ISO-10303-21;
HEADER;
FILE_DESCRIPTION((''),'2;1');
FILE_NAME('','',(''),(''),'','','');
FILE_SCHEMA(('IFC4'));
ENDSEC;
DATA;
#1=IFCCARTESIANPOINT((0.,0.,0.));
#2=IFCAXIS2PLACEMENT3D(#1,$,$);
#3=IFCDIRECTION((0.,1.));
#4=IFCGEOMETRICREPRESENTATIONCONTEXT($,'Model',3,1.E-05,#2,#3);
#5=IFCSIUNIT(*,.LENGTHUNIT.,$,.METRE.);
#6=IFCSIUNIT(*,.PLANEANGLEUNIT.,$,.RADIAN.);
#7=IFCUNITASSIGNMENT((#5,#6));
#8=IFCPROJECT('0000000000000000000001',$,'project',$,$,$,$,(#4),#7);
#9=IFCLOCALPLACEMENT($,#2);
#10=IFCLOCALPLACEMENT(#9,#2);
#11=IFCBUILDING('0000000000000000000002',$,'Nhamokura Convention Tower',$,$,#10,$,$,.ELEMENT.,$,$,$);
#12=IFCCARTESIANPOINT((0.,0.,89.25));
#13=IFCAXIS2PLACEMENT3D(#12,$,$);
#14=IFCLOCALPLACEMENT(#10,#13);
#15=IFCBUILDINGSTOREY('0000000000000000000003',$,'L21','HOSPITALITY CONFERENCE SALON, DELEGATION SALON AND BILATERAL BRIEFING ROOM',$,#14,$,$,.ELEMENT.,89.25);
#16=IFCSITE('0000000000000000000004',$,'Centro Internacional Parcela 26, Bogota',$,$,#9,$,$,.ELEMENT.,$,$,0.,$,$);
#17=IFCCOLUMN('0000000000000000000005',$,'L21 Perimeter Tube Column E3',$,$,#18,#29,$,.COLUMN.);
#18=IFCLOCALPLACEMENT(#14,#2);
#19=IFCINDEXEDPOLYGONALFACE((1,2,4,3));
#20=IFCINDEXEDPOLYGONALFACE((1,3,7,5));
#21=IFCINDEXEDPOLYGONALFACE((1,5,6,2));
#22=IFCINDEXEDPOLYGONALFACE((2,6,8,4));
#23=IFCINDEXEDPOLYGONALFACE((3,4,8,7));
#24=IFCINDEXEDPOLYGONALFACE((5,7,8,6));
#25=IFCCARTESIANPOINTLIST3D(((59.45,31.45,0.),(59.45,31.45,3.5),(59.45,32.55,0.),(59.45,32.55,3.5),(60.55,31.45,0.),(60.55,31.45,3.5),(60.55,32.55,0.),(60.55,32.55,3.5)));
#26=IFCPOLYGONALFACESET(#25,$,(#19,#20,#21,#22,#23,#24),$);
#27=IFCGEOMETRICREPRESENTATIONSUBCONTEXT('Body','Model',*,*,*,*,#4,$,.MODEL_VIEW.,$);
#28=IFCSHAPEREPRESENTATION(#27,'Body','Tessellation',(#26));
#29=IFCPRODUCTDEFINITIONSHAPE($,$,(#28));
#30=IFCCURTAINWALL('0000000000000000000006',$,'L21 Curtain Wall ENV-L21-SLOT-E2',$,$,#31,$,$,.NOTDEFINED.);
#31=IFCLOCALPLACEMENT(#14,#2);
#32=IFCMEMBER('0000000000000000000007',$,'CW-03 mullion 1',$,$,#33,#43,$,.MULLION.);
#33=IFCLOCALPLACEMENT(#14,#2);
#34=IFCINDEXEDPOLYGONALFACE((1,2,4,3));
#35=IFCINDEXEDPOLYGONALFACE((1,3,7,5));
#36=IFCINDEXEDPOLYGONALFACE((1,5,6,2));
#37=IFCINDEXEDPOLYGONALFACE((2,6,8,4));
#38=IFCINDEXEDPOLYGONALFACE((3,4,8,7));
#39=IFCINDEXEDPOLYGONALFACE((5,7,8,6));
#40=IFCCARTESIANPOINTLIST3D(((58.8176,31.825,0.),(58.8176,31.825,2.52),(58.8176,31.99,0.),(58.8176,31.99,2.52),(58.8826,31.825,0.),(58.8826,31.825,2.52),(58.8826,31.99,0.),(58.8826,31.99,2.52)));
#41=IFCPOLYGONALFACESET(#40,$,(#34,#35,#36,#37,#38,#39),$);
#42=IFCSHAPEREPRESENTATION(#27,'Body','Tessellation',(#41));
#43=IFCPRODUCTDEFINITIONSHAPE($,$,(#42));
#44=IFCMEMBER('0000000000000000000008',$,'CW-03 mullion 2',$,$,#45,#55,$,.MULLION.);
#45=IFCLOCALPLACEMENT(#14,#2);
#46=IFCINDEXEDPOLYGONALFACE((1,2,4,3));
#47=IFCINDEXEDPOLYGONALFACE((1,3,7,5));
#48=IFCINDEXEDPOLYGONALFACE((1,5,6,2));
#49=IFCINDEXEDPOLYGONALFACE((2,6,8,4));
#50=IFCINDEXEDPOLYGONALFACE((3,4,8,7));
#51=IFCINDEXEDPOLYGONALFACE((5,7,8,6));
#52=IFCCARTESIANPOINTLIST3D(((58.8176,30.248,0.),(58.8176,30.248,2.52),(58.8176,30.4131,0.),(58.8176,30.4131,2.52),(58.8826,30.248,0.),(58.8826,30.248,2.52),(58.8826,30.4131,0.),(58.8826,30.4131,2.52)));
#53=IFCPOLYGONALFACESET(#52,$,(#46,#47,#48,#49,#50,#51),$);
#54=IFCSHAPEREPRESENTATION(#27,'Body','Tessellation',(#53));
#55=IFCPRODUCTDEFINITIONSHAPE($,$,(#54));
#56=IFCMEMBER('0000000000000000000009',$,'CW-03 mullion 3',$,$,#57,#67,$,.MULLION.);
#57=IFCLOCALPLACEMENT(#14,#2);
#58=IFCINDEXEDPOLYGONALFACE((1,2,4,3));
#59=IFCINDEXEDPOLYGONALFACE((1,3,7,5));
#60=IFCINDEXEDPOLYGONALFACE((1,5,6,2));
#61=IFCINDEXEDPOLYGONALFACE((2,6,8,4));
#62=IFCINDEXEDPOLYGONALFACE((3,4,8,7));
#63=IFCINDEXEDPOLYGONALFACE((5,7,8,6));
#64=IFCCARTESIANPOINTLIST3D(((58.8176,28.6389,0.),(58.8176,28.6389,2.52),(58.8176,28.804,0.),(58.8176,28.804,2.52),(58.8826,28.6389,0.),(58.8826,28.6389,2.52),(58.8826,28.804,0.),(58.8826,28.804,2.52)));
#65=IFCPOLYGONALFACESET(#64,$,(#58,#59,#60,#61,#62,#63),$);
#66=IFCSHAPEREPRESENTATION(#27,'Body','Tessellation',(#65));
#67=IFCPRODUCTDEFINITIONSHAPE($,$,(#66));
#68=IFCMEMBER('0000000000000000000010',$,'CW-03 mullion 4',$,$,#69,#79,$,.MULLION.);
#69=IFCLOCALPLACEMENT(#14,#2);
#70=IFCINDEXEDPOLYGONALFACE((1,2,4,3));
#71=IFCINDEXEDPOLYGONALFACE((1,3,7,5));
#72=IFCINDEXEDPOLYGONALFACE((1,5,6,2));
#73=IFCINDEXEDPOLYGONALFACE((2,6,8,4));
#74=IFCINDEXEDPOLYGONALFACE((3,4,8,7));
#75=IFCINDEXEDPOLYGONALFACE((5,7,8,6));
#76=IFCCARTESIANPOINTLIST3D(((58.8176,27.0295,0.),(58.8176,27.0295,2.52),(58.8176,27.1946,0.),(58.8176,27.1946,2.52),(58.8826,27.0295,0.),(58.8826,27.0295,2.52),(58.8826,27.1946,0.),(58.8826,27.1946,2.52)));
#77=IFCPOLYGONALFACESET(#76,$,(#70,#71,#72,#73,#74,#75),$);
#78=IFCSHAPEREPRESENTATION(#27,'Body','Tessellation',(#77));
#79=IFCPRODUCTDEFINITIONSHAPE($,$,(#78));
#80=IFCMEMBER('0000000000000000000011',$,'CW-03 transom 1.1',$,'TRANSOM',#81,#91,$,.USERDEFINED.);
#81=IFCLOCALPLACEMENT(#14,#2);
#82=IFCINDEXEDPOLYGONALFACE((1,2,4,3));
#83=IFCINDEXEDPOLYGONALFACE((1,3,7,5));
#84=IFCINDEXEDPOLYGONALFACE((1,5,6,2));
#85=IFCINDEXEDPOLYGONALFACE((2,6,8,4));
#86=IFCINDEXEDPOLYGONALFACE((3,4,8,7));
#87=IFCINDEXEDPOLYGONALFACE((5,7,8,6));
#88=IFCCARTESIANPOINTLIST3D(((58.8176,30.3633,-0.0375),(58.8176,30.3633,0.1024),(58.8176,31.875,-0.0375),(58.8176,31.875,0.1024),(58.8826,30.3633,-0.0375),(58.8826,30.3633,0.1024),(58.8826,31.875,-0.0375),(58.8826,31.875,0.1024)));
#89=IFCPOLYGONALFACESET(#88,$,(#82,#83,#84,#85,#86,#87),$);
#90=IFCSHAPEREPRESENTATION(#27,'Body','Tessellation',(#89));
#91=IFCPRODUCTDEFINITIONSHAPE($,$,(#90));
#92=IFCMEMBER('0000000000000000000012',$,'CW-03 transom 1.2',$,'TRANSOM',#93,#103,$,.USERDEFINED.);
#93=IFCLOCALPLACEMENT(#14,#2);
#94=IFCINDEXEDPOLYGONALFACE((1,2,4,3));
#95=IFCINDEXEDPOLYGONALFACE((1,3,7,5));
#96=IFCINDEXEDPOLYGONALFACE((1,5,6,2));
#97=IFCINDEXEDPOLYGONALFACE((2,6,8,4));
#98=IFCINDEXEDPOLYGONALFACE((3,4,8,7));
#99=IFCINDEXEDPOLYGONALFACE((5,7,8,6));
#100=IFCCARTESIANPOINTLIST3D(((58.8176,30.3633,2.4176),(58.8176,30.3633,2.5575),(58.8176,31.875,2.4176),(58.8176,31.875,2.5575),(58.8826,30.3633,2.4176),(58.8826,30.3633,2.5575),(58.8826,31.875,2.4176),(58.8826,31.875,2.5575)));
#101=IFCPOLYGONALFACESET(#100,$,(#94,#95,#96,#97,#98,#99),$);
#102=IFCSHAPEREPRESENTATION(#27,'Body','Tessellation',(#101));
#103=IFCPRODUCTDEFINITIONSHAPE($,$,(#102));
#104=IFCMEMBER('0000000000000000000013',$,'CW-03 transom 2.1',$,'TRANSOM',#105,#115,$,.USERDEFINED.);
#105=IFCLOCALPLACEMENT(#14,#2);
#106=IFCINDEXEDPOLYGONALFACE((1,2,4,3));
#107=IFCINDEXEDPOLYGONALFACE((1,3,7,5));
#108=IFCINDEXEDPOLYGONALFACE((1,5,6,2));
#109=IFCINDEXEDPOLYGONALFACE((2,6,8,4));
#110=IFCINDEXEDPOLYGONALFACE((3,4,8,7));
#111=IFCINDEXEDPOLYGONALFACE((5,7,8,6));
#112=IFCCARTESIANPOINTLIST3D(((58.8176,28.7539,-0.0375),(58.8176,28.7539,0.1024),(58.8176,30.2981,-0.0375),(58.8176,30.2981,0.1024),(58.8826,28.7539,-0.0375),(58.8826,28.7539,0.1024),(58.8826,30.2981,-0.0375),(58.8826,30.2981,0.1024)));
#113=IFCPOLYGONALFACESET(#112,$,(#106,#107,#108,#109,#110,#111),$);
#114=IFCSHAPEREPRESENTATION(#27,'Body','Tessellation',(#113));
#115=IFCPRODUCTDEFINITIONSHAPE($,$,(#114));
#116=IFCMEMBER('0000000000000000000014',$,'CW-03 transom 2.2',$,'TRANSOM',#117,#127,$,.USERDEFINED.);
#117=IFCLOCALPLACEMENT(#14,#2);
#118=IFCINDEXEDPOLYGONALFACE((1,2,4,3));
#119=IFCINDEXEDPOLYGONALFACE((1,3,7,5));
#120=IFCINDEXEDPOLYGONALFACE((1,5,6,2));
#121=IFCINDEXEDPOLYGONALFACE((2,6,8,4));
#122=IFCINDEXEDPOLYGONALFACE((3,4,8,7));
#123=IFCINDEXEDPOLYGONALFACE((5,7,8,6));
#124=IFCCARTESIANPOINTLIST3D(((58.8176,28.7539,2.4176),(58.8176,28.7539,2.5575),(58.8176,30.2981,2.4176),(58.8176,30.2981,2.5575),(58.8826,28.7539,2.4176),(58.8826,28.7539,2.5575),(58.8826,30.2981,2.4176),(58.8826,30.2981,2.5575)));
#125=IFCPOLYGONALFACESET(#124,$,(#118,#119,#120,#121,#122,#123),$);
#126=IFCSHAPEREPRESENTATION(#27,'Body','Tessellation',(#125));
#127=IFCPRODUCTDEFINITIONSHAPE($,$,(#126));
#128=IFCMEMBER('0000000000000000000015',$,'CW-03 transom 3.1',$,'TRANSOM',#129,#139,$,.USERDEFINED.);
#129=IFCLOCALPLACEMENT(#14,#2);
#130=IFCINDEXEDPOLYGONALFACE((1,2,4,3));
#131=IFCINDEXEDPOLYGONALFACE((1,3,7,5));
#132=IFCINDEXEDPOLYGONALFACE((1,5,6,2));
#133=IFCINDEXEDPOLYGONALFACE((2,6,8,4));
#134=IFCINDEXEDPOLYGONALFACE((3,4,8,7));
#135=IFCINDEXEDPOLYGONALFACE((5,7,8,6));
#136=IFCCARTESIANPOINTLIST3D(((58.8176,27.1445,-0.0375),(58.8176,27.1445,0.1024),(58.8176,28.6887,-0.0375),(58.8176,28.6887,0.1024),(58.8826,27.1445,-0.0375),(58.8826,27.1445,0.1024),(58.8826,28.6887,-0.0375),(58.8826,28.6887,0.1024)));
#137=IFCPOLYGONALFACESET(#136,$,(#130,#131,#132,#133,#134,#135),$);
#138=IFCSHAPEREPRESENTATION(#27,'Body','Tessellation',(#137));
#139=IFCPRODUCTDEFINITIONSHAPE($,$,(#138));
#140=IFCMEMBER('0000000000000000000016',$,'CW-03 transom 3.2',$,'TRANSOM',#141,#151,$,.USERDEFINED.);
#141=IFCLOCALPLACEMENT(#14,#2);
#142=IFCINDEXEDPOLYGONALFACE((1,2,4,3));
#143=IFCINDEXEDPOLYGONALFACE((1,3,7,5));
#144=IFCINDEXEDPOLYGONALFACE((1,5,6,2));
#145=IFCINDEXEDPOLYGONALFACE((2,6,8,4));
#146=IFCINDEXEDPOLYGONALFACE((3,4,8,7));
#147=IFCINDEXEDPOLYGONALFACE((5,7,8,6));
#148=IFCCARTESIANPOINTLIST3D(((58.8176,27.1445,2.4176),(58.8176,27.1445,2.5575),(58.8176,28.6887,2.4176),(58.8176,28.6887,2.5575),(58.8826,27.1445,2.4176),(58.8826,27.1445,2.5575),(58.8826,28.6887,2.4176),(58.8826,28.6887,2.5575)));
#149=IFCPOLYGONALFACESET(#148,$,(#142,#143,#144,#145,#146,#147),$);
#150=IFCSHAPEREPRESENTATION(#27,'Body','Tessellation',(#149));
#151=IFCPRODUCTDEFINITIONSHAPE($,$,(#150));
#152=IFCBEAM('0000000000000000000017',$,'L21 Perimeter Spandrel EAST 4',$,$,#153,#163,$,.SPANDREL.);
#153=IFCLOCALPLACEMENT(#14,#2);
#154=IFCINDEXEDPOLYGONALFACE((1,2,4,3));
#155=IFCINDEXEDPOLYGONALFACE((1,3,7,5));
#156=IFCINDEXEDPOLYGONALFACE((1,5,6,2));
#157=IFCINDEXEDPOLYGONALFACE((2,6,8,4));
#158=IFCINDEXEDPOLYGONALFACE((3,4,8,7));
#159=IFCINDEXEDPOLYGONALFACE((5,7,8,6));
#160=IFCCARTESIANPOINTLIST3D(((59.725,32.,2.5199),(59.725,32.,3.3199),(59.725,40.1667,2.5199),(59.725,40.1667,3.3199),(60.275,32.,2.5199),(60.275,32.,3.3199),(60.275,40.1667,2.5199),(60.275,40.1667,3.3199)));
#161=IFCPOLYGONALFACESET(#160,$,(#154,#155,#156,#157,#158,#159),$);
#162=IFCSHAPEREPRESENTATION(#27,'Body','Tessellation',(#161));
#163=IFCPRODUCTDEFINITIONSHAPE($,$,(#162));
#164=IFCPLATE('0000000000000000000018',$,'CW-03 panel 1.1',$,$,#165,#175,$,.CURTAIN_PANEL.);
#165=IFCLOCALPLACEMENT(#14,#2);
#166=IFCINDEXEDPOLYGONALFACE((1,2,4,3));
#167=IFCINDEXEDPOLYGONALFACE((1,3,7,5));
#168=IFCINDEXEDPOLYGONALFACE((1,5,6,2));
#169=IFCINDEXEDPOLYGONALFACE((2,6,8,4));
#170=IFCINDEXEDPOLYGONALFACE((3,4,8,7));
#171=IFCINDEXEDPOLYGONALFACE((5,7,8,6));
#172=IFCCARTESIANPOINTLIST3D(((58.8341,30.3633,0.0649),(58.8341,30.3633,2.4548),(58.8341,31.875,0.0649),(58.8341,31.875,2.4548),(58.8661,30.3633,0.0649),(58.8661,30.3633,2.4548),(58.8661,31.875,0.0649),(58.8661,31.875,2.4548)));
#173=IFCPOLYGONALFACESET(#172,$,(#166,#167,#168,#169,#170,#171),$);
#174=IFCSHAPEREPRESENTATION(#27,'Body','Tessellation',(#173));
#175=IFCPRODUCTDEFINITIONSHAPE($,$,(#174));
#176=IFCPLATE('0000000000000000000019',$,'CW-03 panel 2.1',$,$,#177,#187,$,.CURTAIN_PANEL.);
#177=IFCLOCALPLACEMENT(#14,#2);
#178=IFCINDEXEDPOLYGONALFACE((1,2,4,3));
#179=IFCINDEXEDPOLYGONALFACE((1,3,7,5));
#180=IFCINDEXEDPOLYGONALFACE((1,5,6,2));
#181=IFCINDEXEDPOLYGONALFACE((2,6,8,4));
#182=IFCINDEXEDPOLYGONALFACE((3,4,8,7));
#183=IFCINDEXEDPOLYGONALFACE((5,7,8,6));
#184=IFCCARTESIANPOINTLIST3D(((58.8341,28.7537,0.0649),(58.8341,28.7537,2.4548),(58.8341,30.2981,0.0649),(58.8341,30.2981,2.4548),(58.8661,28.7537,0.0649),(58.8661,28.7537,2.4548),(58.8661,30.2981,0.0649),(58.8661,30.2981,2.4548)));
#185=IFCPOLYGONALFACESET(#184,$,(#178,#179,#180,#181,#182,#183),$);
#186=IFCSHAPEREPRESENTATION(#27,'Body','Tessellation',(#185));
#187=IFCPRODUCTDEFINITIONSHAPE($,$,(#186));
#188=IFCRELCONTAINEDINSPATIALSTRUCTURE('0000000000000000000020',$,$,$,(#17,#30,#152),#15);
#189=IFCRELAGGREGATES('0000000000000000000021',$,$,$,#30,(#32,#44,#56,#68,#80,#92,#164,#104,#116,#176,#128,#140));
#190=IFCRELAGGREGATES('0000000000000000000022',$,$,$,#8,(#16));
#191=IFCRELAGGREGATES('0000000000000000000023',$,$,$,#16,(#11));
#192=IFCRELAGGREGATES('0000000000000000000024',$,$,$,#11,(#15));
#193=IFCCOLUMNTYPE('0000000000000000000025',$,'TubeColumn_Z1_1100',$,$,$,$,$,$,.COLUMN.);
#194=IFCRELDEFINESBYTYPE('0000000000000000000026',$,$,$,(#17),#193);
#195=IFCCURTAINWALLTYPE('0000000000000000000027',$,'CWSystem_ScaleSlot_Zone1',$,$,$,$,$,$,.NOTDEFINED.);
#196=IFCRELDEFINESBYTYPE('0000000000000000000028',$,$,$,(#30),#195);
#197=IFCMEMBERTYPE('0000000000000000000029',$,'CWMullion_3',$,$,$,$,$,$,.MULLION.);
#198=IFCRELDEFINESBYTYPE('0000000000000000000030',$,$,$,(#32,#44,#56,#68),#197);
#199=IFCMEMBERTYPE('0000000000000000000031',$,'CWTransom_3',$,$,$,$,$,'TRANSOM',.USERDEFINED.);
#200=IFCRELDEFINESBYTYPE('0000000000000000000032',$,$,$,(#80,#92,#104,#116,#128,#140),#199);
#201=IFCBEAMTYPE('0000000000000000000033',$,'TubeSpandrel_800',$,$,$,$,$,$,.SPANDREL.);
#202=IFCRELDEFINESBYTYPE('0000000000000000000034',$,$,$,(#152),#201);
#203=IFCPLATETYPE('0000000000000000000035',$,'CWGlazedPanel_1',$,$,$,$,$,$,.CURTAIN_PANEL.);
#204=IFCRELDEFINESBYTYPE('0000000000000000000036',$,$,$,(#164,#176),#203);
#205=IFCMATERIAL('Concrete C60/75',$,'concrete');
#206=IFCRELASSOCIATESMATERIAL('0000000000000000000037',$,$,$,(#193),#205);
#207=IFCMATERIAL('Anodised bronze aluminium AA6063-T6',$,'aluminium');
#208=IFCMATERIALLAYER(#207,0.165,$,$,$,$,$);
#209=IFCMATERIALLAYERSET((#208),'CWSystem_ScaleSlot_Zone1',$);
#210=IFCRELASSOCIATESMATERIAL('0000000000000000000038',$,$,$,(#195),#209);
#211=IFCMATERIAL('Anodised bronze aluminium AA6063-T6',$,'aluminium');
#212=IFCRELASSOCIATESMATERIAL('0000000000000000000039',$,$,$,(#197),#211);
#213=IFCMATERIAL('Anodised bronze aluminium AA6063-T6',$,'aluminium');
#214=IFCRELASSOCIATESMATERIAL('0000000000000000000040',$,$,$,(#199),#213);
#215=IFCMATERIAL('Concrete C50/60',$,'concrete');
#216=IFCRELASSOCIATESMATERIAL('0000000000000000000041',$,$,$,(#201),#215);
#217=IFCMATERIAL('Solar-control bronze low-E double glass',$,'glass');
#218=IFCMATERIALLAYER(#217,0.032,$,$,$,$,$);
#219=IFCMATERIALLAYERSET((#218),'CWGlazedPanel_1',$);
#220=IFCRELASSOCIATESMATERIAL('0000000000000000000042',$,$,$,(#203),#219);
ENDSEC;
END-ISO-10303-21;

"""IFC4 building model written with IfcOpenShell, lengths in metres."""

from ifc_helpers import new_model, si_unit, direction, frame, origin, origin_2d, place, context, subcontext, project, spatial, rectangle, extrude, material, layer, layer_set, material_profile, profile_set, type_object, element, aggregate, save


model = new_model("IFC4")

# Units and contexts
model_context = context("Model", 3, precision=1e-05, world=origin(), true_north=direction((0.0, 1.0)))
body_context = subcontext(model_context, "Body", "Model", "MODEL_VIEW")
ifc_project = project(units=[si_unit("LENGTHUNIT", "METRE"), si_unit("PLANEANGLEUNIT", "RADIAN")], contexts=[model_context])

# Site, building, storey
site_placement = place(None, origin())
site = spatial("IfcSite", under=ifc_project, at=site_placement, Name="Centro Internacional Parcela 26, Bogota", CompositionType="ELEMENT", RefElevation=0.0)
building_placement = place(site_placement, origin())
building = spatial("IfcBuilding", under=site, at=building_placement, Name="Nhamokura Convention Tower", CompositionType="ELEMENT")
storey_placement = place(building_placement, frame((0.0, 0.0, 89.25)))
storey = spatial("IfcBuildingStorey", under=building, at=storey_placement, Name="L21", Description="HOSPITALITY CONFERENCE SALON, DELEGATION SALON AND BILATERAL BRIEFING ROOM", CompositionType="ELEMENT", Elevation=89.25)

# Column
ifc_material_1 = material(Name="Concrete C60/75", Category="concrete")
ifc_material_profile_1 = material_profile(ifc_material_1, rectangle(XDim=1.1001, YDim=1.1001, at=origin_2d()))
ifc_profile_set_1 = profile_set([ifc_material_profile_1], Name="Concrete C60/75")
column_type = type_object("IfcColumnType", Name="TubeColumn_Z1_1100", PredefinedType="COLUMN", material=ifc_profile_set_1)
column_placement = place(storey_placement, frame((60.0, 32.0, 0.0), z_axis=(0.0, 0.0, 1.0), x_axis=(1.0, 0.0, 0.0)))
element("IfcColumn", 1, at=column_placement, inside=storey, type_object=column_type, Name="L21 Perimeter Tube Column E3", PredefinedType="COLUMN", context=body_context, shape_type="SweptSolid", body=[
    extrude(rectangle(XDim=1.1001, YDim=1.1001, at=origin_2d()), origin(), (0.0, 0.0, 1.0), 3.5),
])

# Curtain wall, members
ifc_material_2 = material(Name="Anodised bronze aluminium AA6063-T6", Category="aluminium")
ifc_layer_1 = layer(ifc_material_2, 0.165)
ifc_layer_set_1 = layer_set([ifc_layer_1], Name="CWSystem_ScaleSlot_Zone1")
curtain_wall_type = type_object("IfcCurtainWallType", Name="CWSystem_ScaleSlot_Zone1", PredefinedType="NOTDEFINED", material=ifc_layer_set_1)
curtain_wall_placement = place(storey_placement, origin())
curtain_wall = element("IfcCurtainWall", 2, at=curtain_wall_placement, inside=storey, type_object=curtain_wall_type, Name="L21 Curtain Wall ENV-L21-SLOT-E2", PredefinedType="NOTDEFINED")
ifc_material_3 = material(Name="Anodised bronze aluminium AA6063-T6", Category="aluminium")
ifc_material_profile_2 = material_profile(ifc_material_3, rectangle(XDim=0.0649, YDim=0.165, at=origin_2d()))
ifc_profile_set_2 = profile_set([ifc_material_profile_2], Name="Anodised bronze aluminium AA6063-T6")
member_type_1 = type_object("IfcMemberType", Name="CWMullion_3", PredefinedType="MULLION", material=ifc_profile_set_2)
member_1_placement = place(storey_placement, frame((58.8501, 31.9075, 0.0), z_axis=(0.0, 0.0, 1.0), x_axis=(1.0, 0.0, 0.0)))
member_1 = element("IfcMember", 3, at=member_1_placement, type_object=member_type_1, Name="CW-03 mullion 1", PredefinedType="MULLION", context=body_context, shape_type="SweptSolid", body=[
    extrude(rectangle(XDim=0.0649, YDim=0.165, at=origin_2d()), origin(), (0.0, 0.0, 1.0), 2.52),
])
member_2_placement = place(storey_placement, frame((58.8501, 30.3306, 0.0), z_axis=(0.0, 0.0, 1.0), x_axis=(1.0, 0.0, 0.0)))
member_2 = element("IfcMember", 4, at=member_2_placement, type_object=member_type_1, Name="CW-03 mullion 2", PredefinedType="MULLION", context=body_context, shape_type="SweptSolid", body=[
    extrude(rectangle(XDim=0.0649, YDim=0.165, at=origin_2d()), origin(), (0.0, 0.0, 1.0), 2.52),
])
member_3_placement = place(storey_placement, frame((58.8501, 28.7214, 0.0), z_axis=(0.0, 0.0, 1.0), x_axis=(1.0, 0.0, 0.0)))
member_3 = element("IfcMember", 5, at=member_3_placement, type_object=member_type_1, Name="CW-03 mullion 3", PredefinedType="MULLION", context=body_context, shape_type="SweptSolid", body=[
    extrude(rectangle(XDim=0.0649, YDim=0.165, at=origin_2d()), origin(), (0.0, 0.0, 1.0), 2.52),
])
member_4_placement = place(storey_placement, frame((58.8501, 27.1121, 0.0), z_axis=(0.0, 0.0, 1.0), x_axis=(1.0, 0.0, 0.0)))
member_4 = element("IfcMember", 6, at=member_4_placement, type_object=member_type_1, Name="CW-03 mullion 4", PredefinedType="MULLION", context=body_context, shape_type="SweptSolid", body=[
    extrude(rectangle(XDim=0.0649, YDim=0.165, at=origin_2d()), origin(), (0.0, 0.0, 1.0), 2.52),
])
ifc_material_4 = material(Name="Anodised bronze aluminium AA6063-T6", Category="aluminium")
ifc_material_profile_3 = material_profile(ifc_material_4, rectangle(XDim=0.0649, YDim=0.1399, at=origin_2d()))
ifc_profile_set_3 = profile_set([ifc_material_profile_3], Name="Anodised bronze aluminium AA6063-T6")
member_type_2 = type_object("IfcMemberType", Name="CWTransom_3", ElementType="TRANSOM", PredefinedType="USERDEFINED", material=ifc_profile_set_3)
member_5_placement = place(storey_placement, frame((58.8501, 31.875, 0.0325), z_axis=(0.0, -1.0, 0.0), x_axis=(1.0, 0.0, 0.0)))
member_5 = element("IfcMember", 7, at=member_5_placement, type_object=member_type_2, Name="CW-03 transom 1.1", ObjectType="TRANSOM", PredefinedType="USERDEFINED", context=body_context, shape_type="SweptSolid", body=[
    extrude(rectangle(XDim=0.0649, YDim=0.1399, at=origin_2d()), origin(), (0.0, 0.0, 1.0), 1.5117),
])
member_6_placement = place(storey_placement, frame((58.8501, 31.875, 2.4875), z_axis=(0.0, -1.0, 0.0), x_axis=(1.0, 0.0, 0.0)))
member_6 = element("IfcMember", 8, at=member_6_placement, type_object=member_type_2, Name="CW-03 transom 1.2", ObjectType="TRANSOM", PredefinedType="USERDEFINED", context=body_context, shape_type="SweptSolid", body=[
    extrude(rectangle(XDim=0.0649, YDim=0.1399, at=origin_2d()), origin(), (0.0, 0.0, 1.0), 1.5117),
])
member_7_placement = place(storey_placement, frame((58.8501, 30.2981, 0.0325), z_axis=(0.0, -1.0, 0.0), x_axis=(1.0, 0.0, 0.0)))
member_7 = element("IfcMember", 9, at=member_7_placement, type_object=member_type_2, Name="CW-03 transom 2.1", ObjectType="TRANSOM", PredefinedType="USERDEFINED", context=body_context, shape_type="SweptSolid", body=[
    extrude(rectangle(XDim=0.0649, YDim=0.1399, at=origin_2d()), origin(), (0.0, 0.0, 1.0), 1.5442),
])
member_8_placement = place(storey_placement, frame((58.8501, 30.2981, 2.4875), z_axis=(0.0, -1.0, 0.0), x_axis=(1.0, 0.0, 0.0)))
member_8 = element("IfcMember", 10, at=member_8_placement, type_object=member_type_2, Name="CW-03 transom 2.2", ObjectType="TRANSOM", PredefinedType="USERDEFINED", context=body_context, shape_type="SweptSolid", body=[
    extrude(rectangle(XDim=0.0649, YDim=0.1399, at=origin_2d()), origin(), (0.0, 0.0, 1.0), 1.5442),
])
member_9_placement = place(storey_placement, frame((58.8501, 28.6887, 0.0325), z_axis=(0.0, -1.0, 0.0), x_axis=(1.0, 0.0, 0.0)))
member_9 = element("IfcMember", 11, at=member_9_placement, type_object=member_type_2, Name="CW-03 transom 3.1", ObjectType="TRANSOM", PredefinedType="USERDEFINED", context=body_context, shape_type="SweptSolid", body=[
    extrude(rectangle(XDim=0.0649, YDim=0.1399, at=origin_2d()), origin(), (0.0, 0.0, 1.0), 1.5442),
])
member_10_placement = place(storey_placement, frame((58.8501, 28.6887, 2.4875), z_axis=(0.0, -1.0, 0.0), x_axis=(1.0, 0.0, 0.0)))
member_10 = element("IfcMember", 12, at=member_10_placement, type_object=member_type_2, Name="CW-03 transom 3.2", ObjectType="TRANSOM", PredefinedType="USERDEFINED", context=body_context, shape_type="SweptSolid", body=[
    extrude(rectangle(XDim=0.0649, YDim=0.1399, at=origin_2d()), origin(), (0.0, 0.0, 1.0), 1.5442),
])

# Beam
ifc_material_5 = material(Name="Concrete C50/60", Category="concrete")
ifc_material_profile_4 = material_profile(ifc_material_5, rectangle(XDim=0.55, YDim=0.8, at=origin_2d()))
ifc_profile_set_4 = profile_set([ifc_material_profile_4], Name="Concrete C50/60")
beam_type = type_object("IfcBeamType", Name="TubeSpandrel_800", PredefinedType="SPANDREL", material=ifc_profile_set_4)
beam_placement = place(storey_placement, frame((60.0, 32.0, 2.9199), z_axis=(0.0, 1.0, 0.0), x_axis=(-1.0, 0.0, 0.0)))
element("IfcBeam", 13, at=beam_placement, inside=storey, type_object=beam_type, Name="L21 Perimeter Spandrel EAST 4", PredefinedType="SPANDREL", context=body_context, shape_type="SweptSolid", body=[
    extrude(rectangle(XDim=0.55, YDim=0.8, at=origin_2d()), origin(), (0.0, 0.0, 1.0), 8.1667),
])

# Plates
ifc_material_6 = material(Name="Solar-control bronze low-E double glass", Category="glass")
ifc_layer_2 = layer(ifc_material_6, 0.032)
ifc_layer_set_2 = layer_set([ifc_layer_2], Name="CWGlazedPanel_1")
plate_type = type_object("IfcPlateType", Name="CWGlazedPanel_1", PredefinedType="CURTAIN_PANEL", material=ifc_layer_set_2)
plate_1_placement = place(storey_placement, frame((58.8501, 31.1191, 0.0649), z_axis=(0.0, 0.0, 1.0), x_axis=(0.0, -1.0, 0.0)))
plate_1 = element("IfcPlate", 14, at=plate_1_placement, type_object=plate_type, Name="CW-03 panel 1.1", PredefinedType="CURTAIN_PANEL", context=body_context, shape_type="SweptSolid", body=[
    extrude(rectangle(XDim=1.5117, YDim=0.032, at=origin_2d()), origin(), (0.0, 0.0, 1.0), 2.3899),
])
plate_2_placement = place(storey_placement, frame((58.8501, 29.5259, 0.0649), z_axis=(0.0, 0.0, 1.0), x_axis=(0.0, -1.0, 0.0)))
plate_2 = element("IfcPlate", 15, at=plate_2_placement, type_object=plate_type, Name="CW-03 panel 2.1", PredefinedType="CURTAIN_PANEL", context=body_context, shape_type="SweptSolid", body=[
    extrude(rectangle(XDim=1.5444, YDim=0.032, at=origin_2d()), origin(), (0.0, 0.0, 1.0), 2.3899),
])
aggregate(curtain_wall, [member_1, member_2, member_3, member_4, member_5, member_6, plate_1, member_7, member_8, plate_2, member_9, member_10])

save(model, "model.ifc")
